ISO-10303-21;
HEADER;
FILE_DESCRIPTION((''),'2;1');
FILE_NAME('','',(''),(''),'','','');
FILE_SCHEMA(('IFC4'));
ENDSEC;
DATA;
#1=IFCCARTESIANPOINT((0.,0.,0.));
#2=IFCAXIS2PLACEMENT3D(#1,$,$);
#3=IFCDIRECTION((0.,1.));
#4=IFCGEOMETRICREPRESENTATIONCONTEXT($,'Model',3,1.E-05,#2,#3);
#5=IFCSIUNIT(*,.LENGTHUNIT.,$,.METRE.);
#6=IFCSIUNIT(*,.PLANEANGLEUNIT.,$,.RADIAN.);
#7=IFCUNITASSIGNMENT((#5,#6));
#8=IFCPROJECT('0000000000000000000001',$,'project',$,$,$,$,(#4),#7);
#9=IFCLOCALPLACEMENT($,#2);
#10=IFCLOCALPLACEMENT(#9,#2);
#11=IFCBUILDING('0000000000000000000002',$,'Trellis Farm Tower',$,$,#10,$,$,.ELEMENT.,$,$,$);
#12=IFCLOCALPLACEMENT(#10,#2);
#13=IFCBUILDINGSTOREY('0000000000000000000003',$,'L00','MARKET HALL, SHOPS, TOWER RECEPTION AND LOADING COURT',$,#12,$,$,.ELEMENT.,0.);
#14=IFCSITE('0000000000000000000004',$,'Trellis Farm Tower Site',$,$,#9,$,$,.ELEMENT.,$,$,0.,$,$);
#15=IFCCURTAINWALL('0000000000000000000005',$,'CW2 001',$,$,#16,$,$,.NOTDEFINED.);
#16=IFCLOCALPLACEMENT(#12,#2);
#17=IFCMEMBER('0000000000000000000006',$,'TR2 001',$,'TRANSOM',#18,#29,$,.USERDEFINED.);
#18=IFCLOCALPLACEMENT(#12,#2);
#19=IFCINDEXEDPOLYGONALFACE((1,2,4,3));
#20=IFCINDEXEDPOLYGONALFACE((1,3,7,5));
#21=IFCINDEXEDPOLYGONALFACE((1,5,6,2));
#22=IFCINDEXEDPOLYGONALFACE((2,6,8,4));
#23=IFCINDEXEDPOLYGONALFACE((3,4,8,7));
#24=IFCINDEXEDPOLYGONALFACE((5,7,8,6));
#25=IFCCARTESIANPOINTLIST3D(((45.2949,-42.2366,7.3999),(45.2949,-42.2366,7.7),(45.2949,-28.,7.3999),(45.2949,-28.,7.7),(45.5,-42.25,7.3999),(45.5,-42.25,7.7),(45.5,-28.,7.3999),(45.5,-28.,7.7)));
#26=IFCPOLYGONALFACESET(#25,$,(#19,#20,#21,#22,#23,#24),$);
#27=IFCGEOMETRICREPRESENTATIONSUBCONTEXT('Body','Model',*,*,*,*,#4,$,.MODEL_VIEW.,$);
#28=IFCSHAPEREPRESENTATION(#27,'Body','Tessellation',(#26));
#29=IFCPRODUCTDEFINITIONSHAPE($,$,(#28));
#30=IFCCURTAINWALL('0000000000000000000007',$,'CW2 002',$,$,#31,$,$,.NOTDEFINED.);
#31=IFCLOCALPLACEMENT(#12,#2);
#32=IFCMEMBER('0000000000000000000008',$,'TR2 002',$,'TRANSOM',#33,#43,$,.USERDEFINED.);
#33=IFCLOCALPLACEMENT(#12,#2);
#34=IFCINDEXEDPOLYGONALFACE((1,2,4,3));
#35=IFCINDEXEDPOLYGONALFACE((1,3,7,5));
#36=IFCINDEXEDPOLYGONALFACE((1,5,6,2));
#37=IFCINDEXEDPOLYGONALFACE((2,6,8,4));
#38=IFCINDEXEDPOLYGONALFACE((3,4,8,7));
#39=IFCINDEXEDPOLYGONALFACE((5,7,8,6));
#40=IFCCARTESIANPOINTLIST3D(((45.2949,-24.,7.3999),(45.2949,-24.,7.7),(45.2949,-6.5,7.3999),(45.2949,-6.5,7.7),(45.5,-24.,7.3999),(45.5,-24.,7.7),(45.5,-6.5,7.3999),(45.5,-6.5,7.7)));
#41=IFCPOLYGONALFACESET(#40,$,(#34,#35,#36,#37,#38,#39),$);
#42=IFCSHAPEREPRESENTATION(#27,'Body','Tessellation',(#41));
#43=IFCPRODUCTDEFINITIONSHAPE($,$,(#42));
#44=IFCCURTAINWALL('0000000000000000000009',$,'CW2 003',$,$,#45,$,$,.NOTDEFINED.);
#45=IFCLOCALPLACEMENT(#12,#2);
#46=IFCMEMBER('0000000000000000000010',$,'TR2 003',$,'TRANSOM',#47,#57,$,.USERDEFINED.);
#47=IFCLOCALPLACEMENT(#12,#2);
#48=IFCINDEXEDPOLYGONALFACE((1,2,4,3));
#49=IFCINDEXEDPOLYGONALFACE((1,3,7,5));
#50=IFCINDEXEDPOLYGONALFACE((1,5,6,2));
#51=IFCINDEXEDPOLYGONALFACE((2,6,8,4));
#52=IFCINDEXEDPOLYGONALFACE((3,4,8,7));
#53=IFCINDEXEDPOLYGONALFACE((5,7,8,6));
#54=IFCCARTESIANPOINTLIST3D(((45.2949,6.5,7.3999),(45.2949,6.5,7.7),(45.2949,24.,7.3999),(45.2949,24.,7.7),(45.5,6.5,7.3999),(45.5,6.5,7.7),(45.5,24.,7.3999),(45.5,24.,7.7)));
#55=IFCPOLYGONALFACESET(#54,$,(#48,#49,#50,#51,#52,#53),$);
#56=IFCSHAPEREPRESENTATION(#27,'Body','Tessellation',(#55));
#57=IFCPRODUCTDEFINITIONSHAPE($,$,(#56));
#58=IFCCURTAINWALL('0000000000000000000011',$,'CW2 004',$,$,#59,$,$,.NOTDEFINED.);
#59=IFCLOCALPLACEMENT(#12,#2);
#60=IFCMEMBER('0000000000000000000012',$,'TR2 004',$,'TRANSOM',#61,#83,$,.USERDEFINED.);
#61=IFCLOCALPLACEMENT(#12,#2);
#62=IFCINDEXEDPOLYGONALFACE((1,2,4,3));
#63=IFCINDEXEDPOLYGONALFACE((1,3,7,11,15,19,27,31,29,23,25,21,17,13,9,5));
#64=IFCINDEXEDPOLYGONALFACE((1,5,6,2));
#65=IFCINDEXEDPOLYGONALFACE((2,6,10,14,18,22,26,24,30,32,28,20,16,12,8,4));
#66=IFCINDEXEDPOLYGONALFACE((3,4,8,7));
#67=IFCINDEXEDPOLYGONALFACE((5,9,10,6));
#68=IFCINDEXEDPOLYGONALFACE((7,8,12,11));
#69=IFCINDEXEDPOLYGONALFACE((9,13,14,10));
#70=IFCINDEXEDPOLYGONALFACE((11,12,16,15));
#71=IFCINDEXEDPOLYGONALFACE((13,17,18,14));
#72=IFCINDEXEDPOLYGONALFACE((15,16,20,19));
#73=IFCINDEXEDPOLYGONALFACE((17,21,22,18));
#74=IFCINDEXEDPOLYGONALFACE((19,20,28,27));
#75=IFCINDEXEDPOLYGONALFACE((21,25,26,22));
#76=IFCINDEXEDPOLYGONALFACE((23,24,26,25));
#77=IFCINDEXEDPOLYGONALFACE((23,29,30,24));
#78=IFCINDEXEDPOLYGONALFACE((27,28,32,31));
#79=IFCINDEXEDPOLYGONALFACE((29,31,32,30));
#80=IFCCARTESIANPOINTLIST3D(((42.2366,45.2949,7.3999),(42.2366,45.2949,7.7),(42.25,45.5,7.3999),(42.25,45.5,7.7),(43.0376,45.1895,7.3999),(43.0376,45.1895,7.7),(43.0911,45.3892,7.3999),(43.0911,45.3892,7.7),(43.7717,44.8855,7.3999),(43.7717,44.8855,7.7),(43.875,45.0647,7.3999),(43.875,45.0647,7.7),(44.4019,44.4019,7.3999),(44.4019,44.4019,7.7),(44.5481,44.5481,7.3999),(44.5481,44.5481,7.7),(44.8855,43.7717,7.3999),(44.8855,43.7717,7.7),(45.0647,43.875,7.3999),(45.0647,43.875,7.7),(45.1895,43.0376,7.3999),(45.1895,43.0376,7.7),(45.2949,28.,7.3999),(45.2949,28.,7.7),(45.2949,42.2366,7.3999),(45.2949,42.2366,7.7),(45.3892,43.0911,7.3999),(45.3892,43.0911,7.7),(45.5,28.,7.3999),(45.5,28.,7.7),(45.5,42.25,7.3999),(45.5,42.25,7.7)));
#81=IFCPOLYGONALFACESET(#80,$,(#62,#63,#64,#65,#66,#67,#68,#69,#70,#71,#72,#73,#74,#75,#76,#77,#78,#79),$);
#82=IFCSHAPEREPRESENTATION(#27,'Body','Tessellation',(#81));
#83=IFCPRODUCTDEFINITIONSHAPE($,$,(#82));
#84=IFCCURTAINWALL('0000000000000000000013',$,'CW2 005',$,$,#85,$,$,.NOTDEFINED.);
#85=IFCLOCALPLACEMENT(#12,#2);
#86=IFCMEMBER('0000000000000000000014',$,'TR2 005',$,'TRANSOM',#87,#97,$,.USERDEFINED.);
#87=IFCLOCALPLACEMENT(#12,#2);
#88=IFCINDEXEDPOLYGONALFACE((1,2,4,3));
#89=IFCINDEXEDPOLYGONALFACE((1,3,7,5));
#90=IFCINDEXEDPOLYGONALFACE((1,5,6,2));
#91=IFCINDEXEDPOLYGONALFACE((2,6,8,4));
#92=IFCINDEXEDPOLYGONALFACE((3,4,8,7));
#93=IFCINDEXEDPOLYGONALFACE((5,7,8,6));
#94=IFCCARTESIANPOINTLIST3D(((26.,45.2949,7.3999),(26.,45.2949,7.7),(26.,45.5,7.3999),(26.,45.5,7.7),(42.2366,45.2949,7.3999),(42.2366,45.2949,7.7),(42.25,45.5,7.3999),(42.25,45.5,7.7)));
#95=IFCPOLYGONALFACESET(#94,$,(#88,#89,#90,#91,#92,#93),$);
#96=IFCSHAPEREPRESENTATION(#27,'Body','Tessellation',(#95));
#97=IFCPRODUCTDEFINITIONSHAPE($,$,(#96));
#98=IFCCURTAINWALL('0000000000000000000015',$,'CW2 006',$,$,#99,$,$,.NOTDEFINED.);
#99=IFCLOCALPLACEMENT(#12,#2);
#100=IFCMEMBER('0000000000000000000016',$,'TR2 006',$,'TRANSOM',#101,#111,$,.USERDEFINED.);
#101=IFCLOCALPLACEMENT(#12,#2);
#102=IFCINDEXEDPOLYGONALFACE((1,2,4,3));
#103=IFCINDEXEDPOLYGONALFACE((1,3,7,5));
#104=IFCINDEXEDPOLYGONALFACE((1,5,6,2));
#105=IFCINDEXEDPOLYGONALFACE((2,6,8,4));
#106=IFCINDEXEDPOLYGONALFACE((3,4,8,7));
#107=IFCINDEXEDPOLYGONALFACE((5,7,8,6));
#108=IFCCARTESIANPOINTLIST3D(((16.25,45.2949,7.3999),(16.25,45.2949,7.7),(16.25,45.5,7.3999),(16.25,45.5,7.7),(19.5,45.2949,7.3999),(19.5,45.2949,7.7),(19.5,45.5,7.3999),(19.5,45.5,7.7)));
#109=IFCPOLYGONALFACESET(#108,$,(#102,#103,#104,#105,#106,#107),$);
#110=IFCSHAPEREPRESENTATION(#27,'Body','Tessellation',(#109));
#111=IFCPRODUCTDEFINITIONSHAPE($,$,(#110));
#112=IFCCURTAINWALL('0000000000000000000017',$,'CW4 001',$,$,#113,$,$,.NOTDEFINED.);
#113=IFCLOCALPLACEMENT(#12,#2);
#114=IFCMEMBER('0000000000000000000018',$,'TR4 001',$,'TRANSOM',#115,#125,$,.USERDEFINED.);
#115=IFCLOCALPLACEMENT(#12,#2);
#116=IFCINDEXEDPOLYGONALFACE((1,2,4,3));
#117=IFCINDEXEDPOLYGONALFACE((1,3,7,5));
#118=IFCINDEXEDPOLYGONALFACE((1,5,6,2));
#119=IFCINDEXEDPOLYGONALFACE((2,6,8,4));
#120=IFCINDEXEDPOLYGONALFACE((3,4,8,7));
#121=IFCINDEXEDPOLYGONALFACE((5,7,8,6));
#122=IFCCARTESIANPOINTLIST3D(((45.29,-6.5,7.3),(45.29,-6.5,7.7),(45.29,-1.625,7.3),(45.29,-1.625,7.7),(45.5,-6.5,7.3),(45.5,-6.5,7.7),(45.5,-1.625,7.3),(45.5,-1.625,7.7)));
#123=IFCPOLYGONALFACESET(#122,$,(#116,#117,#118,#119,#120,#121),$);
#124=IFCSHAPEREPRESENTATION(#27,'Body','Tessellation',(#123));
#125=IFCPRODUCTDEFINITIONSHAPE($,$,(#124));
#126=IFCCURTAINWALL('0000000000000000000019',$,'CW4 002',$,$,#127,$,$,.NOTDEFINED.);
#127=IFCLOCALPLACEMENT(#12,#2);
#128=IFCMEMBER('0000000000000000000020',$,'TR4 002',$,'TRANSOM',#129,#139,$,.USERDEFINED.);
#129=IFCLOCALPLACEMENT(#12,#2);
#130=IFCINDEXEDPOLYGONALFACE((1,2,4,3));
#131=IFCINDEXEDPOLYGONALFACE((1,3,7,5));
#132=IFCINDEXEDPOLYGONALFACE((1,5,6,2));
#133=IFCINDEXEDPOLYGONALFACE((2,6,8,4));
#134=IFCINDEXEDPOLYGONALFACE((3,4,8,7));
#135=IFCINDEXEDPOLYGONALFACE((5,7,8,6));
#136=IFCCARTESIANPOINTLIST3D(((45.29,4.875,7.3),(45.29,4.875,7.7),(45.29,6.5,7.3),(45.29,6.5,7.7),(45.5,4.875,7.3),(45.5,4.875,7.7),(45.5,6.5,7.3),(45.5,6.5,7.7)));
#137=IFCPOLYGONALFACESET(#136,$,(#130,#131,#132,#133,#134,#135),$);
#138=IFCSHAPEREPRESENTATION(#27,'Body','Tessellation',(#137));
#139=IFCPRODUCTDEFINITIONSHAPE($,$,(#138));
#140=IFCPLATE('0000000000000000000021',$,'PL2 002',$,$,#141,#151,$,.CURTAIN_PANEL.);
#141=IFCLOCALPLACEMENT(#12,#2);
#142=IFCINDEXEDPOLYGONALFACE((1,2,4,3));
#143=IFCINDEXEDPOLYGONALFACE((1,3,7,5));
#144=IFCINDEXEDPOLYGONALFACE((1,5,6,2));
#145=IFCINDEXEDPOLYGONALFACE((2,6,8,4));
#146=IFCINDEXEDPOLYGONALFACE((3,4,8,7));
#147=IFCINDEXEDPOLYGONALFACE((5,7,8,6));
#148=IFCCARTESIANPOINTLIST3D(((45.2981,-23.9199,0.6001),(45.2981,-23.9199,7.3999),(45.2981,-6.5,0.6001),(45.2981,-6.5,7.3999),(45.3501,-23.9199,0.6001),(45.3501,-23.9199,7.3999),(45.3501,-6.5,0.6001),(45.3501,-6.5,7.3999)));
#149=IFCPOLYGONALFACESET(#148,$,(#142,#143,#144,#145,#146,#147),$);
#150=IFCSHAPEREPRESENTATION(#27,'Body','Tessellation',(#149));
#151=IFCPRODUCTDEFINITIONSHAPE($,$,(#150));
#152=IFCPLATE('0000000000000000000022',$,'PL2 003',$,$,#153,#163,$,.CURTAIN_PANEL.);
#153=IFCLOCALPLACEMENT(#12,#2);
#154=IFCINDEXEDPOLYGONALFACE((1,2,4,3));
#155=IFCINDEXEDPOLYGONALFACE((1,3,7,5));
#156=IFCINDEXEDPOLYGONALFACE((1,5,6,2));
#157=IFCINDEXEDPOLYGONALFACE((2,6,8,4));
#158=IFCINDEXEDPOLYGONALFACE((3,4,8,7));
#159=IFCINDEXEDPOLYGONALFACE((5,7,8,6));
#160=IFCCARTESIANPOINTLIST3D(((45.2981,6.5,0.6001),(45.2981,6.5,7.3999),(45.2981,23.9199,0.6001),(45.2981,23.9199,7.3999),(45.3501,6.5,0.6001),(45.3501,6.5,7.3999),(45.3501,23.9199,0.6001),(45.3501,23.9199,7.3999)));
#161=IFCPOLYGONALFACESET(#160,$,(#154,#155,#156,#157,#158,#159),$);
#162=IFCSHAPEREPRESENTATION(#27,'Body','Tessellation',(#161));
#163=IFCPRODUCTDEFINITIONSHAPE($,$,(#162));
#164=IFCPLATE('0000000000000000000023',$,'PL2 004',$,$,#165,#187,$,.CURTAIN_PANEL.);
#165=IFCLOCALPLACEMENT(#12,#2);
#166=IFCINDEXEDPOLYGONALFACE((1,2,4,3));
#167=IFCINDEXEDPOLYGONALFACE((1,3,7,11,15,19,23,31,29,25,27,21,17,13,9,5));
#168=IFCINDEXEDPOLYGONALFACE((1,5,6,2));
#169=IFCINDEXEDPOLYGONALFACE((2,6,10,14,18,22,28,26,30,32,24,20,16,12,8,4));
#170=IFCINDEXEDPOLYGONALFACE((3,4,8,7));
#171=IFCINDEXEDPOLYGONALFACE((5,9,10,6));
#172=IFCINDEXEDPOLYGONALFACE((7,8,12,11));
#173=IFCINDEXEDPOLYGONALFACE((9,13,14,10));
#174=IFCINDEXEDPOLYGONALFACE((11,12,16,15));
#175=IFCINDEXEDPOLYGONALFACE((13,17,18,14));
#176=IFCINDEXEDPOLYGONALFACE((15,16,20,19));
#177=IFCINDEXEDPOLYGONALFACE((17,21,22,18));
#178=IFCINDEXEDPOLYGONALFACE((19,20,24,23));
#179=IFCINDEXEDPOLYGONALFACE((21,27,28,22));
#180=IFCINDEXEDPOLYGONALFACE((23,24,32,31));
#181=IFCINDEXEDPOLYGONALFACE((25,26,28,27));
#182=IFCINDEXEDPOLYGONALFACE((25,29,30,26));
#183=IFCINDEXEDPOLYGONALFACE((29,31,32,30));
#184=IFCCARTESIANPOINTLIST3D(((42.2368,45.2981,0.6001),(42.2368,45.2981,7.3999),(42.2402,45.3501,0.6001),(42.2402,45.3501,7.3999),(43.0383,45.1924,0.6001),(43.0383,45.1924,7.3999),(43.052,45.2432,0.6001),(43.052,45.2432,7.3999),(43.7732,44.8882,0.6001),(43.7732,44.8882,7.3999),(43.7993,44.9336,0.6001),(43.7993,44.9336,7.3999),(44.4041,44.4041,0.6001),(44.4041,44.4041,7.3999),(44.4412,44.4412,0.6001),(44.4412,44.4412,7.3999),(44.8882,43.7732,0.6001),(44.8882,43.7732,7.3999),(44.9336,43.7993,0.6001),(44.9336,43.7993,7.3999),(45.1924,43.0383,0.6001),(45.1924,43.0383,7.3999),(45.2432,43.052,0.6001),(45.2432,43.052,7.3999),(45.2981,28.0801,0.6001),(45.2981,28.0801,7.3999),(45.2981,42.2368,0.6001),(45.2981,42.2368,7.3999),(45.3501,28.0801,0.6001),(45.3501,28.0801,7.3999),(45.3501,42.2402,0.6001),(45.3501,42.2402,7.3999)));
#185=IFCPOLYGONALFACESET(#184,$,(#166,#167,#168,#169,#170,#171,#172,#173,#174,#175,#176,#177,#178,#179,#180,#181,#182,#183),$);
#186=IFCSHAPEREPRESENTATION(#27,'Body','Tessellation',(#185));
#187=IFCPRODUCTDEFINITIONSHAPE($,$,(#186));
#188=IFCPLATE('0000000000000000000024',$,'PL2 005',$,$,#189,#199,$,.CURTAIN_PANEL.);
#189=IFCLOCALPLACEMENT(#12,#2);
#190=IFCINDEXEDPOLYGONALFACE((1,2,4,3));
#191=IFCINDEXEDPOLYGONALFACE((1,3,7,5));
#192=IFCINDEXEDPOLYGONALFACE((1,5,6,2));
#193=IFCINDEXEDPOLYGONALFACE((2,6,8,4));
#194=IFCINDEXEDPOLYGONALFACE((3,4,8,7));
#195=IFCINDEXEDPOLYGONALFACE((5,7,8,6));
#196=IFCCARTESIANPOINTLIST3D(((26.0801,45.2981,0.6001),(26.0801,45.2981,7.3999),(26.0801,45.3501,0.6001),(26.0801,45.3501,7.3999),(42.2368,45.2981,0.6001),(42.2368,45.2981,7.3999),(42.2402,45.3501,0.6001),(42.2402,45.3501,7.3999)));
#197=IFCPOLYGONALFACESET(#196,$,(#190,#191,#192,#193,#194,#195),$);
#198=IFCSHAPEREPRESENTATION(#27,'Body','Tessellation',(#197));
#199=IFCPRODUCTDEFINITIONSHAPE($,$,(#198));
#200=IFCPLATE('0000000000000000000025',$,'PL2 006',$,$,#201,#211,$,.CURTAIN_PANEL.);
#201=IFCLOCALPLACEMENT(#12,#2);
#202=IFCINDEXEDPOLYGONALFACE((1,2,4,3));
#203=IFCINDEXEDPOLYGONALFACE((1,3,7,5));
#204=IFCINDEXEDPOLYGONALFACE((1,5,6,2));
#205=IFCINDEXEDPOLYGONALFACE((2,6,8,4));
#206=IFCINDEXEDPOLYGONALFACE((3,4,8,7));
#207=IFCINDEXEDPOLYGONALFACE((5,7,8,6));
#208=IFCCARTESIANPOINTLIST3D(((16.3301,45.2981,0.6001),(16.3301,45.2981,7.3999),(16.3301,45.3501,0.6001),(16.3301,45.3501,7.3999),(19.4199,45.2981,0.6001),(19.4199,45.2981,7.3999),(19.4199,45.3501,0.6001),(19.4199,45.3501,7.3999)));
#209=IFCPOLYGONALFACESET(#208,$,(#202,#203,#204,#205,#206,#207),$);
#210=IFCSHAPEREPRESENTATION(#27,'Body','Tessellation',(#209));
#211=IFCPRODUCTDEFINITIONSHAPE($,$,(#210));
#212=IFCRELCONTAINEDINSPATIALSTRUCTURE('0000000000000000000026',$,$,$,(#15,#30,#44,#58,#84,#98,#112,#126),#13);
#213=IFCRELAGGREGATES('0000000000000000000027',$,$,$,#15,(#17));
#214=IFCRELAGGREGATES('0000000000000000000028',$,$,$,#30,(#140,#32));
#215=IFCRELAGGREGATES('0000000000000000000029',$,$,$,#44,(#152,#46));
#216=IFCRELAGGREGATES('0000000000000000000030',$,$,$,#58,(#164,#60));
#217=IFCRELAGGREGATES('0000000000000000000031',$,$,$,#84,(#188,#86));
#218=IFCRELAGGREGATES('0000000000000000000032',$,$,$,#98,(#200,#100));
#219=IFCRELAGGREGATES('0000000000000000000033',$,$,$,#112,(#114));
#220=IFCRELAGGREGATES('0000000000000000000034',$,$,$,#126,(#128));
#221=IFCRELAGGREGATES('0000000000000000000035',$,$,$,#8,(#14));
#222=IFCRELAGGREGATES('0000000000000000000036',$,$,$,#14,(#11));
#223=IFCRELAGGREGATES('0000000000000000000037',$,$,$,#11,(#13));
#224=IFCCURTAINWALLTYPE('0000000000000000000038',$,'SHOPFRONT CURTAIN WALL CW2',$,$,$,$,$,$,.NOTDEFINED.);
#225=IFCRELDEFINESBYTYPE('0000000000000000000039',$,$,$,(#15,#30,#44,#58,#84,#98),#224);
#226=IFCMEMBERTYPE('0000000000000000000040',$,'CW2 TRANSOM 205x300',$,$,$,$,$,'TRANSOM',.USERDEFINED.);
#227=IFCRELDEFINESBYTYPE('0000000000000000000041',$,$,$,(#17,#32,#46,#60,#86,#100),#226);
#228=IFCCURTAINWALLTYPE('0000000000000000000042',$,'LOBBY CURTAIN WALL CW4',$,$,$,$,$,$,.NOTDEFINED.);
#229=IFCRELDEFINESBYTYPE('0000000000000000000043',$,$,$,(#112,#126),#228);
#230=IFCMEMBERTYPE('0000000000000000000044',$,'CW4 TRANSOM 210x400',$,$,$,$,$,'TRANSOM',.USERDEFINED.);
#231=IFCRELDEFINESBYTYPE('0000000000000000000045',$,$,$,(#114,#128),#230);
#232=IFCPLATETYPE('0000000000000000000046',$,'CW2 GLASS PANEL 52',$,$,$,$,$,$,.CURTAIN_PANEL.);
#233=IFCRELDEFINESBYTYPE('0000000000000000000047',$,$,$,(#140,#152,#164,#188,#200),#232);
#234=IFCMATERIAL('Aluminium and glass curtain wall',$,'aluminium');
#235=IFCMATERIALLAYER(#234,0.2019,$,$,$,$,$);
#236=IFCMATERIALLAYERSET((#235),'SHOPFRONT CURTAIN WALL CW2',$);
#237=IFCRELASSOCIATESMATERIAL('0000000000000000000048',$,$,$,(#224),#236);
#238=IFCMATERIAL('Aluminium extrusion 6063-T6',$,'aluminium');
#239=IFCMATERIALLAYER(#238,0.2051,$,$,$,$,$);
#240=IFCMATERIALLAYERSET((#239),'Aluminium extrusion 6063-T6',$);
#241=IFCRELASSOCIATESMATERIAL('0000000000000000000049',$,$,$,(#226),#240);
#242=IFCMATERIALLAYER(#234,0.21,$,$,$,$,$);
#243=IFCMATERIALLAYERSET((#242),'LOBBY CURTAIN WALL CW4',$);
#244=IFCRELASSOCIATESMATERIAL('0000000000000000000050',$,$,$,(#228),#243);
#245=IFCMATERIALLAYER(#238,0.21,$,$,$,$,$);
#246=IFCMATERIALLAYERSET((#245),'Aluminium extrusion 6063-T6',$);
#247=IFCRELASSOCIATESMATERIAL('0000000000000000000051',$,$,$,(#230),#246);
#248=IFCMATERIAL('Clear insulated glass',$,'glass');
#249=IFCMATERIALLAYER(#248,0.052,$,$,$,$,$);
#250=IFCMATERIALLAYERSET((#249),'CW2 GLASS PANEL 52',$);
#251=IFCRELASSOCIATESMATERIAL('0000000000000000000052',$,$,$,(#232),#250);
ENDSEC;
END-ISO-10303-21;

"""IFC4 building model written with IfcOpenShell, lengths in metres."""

from ifc_helpers import new_model, si_unit, direction, frame, origin, place, context, subcontext, project, spatial, polyline, outline, extrude, material, layer, layer_set, type_object, element, aggregate, save


model = new_model("IFC4")

# Units and contexts
model_context = context("Model", 3, precision=1e-05, world=origin(), true_north=direction((0.0, 1.0)))
body_context = subcontext(model_context, "Body", "Model", "MODEL_VIEW")
ifc_project = project(units=[si_unit("LENGTHUNIT", "METRE"), si_unit("PLANEANGLEUNIT", "RADIAN")], contexts=[model_context])

# Site, building, storey
site_placement = place(None, origin())
site = spatial("IfcSite", under=ifc_project, at=site_placement, Name="Trellis Farm Tower Site", CompositionType="ELEMENT", RefElevation=0.0)
building_placement = place(site_placement, origin())
building = spatial("IfcBuilding", under=site, at=building_placement, Name="Trellis Farm Tower", CompositionType="ELEMENT")
storey_placement = place(building_placement, origin())
storey = spatial("IfcBuildingStorey", under=building, at=storey_placement, Name="L00", Description="MARKET HALL, SHOPS, TOWER RECEPTION AND LOADING COURT", CompositionType="ELEMENT", Elevation=0.0)

# Curtain walls, members
ifc_material_1 = material(Name="Aluminium and glass curtain wall", Category="aluminium")
ifc_layer_1 = layer(ifc_material_1, 0.2019)
ifc_layer_set_1 = layer_set([ifc_layer_1], Name="SHOPFRONT CURTAIN WALL CW2")
curtain_wall_type_1 = type_object("IfcCurtainWallType", Name="SHOPFRONT CURTAIN WALL CW2", PredefinedType="NOTDEFINED", material=ifc_layer_set_1)
placement_1 = place(storey_placement, origin())
curtain_wall_1 = element("IfcCurtainWall", 1, at=placement_1, inside=storey, type_object=curtain_wall_type_1, Name="CW2 001", PredefinedType="NOTDEFINED")
ifc_material_2 = material(Name="Aluminium extrusion 6063-T6", Category="aluminium")
ifc_layer_2 = layer(ifc_material_2, 0.2051)
ifc_layer_set_2 = layer_set([ifc_layer_2], Name="Aluminium extrusion 6063-T6")
member_type_1 = type_object("IfcMemberType", Name="CW2 TRANSOM 205x300", ElementType="TRANSOM", PredefinedType="USERDEFINED", material=ifc_layer_set_2)
placement_2 = place(storey_placement, frame((0.0, 0.0, 7.3999)))
member_1 = element("IfcMember", 2, at=placement_2, type_object=member_type_1, Name="TR2 001", ObjectType="TRANSOM", PredefinedType="USERDEFINED", context=body_context, shape_type="SweptSolid", body=[
    extrude(outline(polyline([(45.5, -42.25), (45.5, -28.0), (45.2949, -28.0), (45.2949, -42.2366), (45.5, -42.25)])), origin(), (0.0, 0.0, 1.0), 0.3),
])
curtain_wall_2 = element("IfcCurtainWall", 3, at=placement_1, inside=storey, type_object=curtain_wall_type_1, Name="CW2 002", PredefinedType="NOTDEFINED")
member_2 = element("IfcMember", 4, at=placement_2, type_object=member_type_1, Name="TR2 002", ObjectType="TRANSOM", PredefinedType="USERDEFINED", context=body_context, shape_type="SweptSolid", body=[
    extrude(outline(polyline([(45.5, -24.0), (45.5, -6.5), (45.2949, -6.5), (45.2949, -24.0), (45.5, -24.0)])), origin(), (0.0, 0.0, 1.0), 0.3),
])
curtain_wall_3 = element("IfcCurtainWall", 5, at=placement_1, inside=storey, type_object=curtain_wall_type_1, Name="CW2 003", PredefinedType="NOTDEFINED")
member_3 = element("IfcMember", 6, at=placement_2, type_object=member_type_1, Name="TR2 003", ObjectType="TRANSOM", PredefinedType="USERDEFINED", context=body_context, shape_type="SweptSolid", body=[
    extrude(outline(polyline([(45.5, 6.5), (45.5, 24.0), (45.2949, 24.0), (45.2949, 6.5), (45.5, 6.5)])), origin(), (0.0, 0.0, 1.0), 0.3),
])
curtain_wall_4 = element("IfcCurtainWall", 7, at=placement_1, inside=storey, type_object=curtain_wall_type_1, Name="CW2 004", PredefinedType="NOTDEFINED")
member_4 = element("IfcMember", 8, at=placement_2, type_object=member_type_1, Name="TR2 004", ObjectType="TRANSOM", PredefinedType="USERDEFINED", context=body_context, shape_type="SweptSolid", body=[
    extrude(outline(polyline([(45.5, 28.0), (45.5, 42.25), (45.3892, 43.0911), (45.0647, 43.875), (44.5481, 44.5481), (43.875, 45.0647), (43.0911, 45.3892), (42.25, 45.5), (42.2366, 45.2949), (43.0376, 45.1895), (43.7717, 44.8855), (44.4019, 44.4019), (44.8855, 43.7717), (45.1895, 43.0376), (45.2949, 42.2366), (45.2949, 28.0), (45.5, 28.0)])), origin(), (0.0, 0.0, 1.0), 0.3),
])
curtain_wall_5 = element("IfcCurtainWall", 9, at=placement_1, inside=storey, type_object=curtain_wall_type_1, Name="CW2 005", PredefinedType="NOTDEFINED")
member_5 = element("IfcMember", 10, at=placement_2, type_object=member_type_1, Name="TR2 005", ObjectType="TRANSOM", PredefinedType="USERDEFINED", context=body_context, shape_type="SweptSolid", body=[
    extrude(outline(polyline([(42.25, 45.5), (26.0, 45.5), (26.0, 45.2949), (42.2366, 45.2949), (42.25, 45.5)])), origin(), (0.0, 0.0, 1.0), 0.3),
])
curtain_wall_6 = element("IfcCurtainWall", 11, at=placement_1, inside=storey, type_object=curtain_wall_type_1, Name="CW2 006", PredefinedType="NOTDEFINED")
member_6 = element("IfcMember", 12, at=placement_2, type_object=member_type_1, Name="TR2 006", ObjectType="TRANSOM", PredefinedType="USERDEFINED", context=body_context, shape_type="SweptSolid", body=[
    extrude(outline(polyline([(19.5, 45.5), (16.25, 45.5), (16.25, 45.2949), (19.5, 45.2949), (19.5, 45.5)])), origin(), (0.0, 0.0, 1.0), 0.3),
])
ifc_layer_3 = layer(ifc_material_1, 0.21)
ifc_layer_set_3 = layer_set([ifc_layer_3], Name="LOBBY CURTAIN WALL CW4")
curtain_wall_type_2 = type_object("IfcCurtainWallType", Name="LOBBY CURTAIN WALL CW4", PredefinedType="NOTDEFINED", material=ifc_layer_set_3)
curtain_wall_7 = element("IfcCurtainWall", 13, at=placement_1, inside=storey, type_object=curtain_wall_type_2, Name="CW4 001", PredefinedType="NOTDEFINED")
ifc_layer_4 = layer(ifc_material_2, 0.21)
ifc_layer_set_4 = layer_set([ifc_layer_4], Name="Aluminium extrusion 6063-T6")
member_type_2 = type_object("IfcMemberType", Name="CW4 TRANSOM 210x400", ElementType="TRANSOM", PredefinedType="USERDEFINED", material=ifc_layer_set_4)
placement_3 = place(storey_placement, frame((0.0, 0.0, 7.3)))
member_7 = element("IfcMember", 14, at=placement_3, type_object=member_type_2, Name="TR4 001", ObjectType="TRANSOM", PredefinedType="USERDEFINED", context=body_context, shape_type="SweptSolid", body=[
    extrude(outline(polyline([(45.5, -6.5), (45.5, -1.625), (45.29, -1.625), (45.29, -6.5), (45.5, -6.5)])), origin(), (0.0, 0.0, 1.0), 0.3999),
])
curtain_wall_8 = element("IfcCurtainWall", 15, at=placement_1, inside=storey, type_object=curtain_wall_type_2, Name="CW4 002", PredefinedType="NOTDEFINED")
member_8 = element("IfcMember", 16, at=placement_3, type_object=member_type_2, Name="TR4 002", ObjectType="TRANSOM", PredefinedType="USERDEFINED", context=body_context, shape_type="SweptSolid", body=[
    extrude(outline(polyline([(45.5, 4.875), (45.5, 6.5), (45.29, 6.5), (45.29, 4.875), (45.5, 4.875)])), origin(), (0.0, 0.0, 1.0), 0.3999),
])

# Plates
ifc_material_3 = material(Name="Clear insulated glass", Category="glass")
ifc_layer_5 = layer(ifc_material_3, 0.052)
ifc_layer_set_5 = layer_set([ifc_layer_5], Name="CW2 GLASS PANEL 52")
plate_type_1 = type_object("IfcPlateType", Name="CW2 GLASS PANEL 52", PredefinedType="CURTAIN_PANEL", material=ifc_layer_set_5)
placement_4 = place(storey_placement, frame((0.0, 0.0, 0.6001)))
plate_1 = element("IfcPlate", 17, at=placement_4, type_object=plate_type_1, Name="PL2 002", PredefinedType="CURTAIN_PANEL", context=body_context, shape_type="SweptSolid", body=[
    extrude(outline(polyline([(45.3501, -23.9199), (45.3501, -6.5), (45.2981, -6.5), (45.2981, -23.9199), (45.3501, -23.9199)])), origin(), (0.0, 0.0, 1.0), 6.7998),
])
plate_2 = element("IfcPlate", 18, at=placement_4, type_object=plate_type_1, Name="PL2 003", PredefinedType="CURTAIN_PANEL", context=body_context, shape_type="SweptSolid", body=[
    extrude(outline(polyline([(45.3501, 6.5), (45.3501, 23.9199), (45.2981, 23.9199), (45.2981, 6.5), (45.3501, 6.5)])), origin(), (0.0, 0.0, 1.0), 6.7998),
])
plate_3 = element("IfcPlate", 19, at=placement_4, type_object=plate_type_1, Name="PL2 004", PredefinedType="CURTAIN_PANEL", context=body_context, shape_type="SweptSolid", body=[
    extrude(outline(polyline([(45.3501, 28.0801), (45.3501, 42.2402), (45.2432, 43.052), (44.9336, 43.7993), (44.4412, 44.4412), (43.7993, 44.9336), (43.052, 45.2432), (42.2402, 45.3501), (42.2368, 45.2981), (43.0383, 45.1924), (43.7732, 44.8882), (44.4041, 44.4041), (44.8882, 43.7732), (45.1924, 43.0383), (45.2981, 42.2368), (45.2981, 28.0801), (45.3501, 28.0801)])), origin(), (0.0, 0.0, 1.0), 6.7998),
])
plate_4 = element("IfcPlate", 20, at=placement_4, type_object=plate_type_1, Name="PL2 005", PredefinedType="CURTAIN_PANEL", context=body_context, shape_type="SweptSolid", body=[
    extrude(outline(polyline([(42.2402, 45.3501), (26.0801, 45.3501), (26.0801, 45.2981), (42.2368, 45.2981), (42.2402, 45.3501)])), origin(), (0.0, 0.0, 1.0), 6.7998),
])
plate_5 = element("IfcPlate", 21, at=placement_4, type_object=plate_type_1, Name="PL2 006", PredefinedType="CURTAIN_PANEL", context=body_context, shape_type="SweptSolid", body=[
    extrude(outline(polyline([(19.4199, 45.3501), (16.3301, 45.3501), (16.3301, 45.2981), (19.4199, 45.2981), (19.4199, 45.3501)])), origin(), (0.0, 0.0, 1.0), 6.7998),
])
aggregate(curtain_wall_1, [member_1])
aggregate(curtain_wall_2, [plate_1, member_2])
aggregate(curtain_wall_3, [plate_2, member_3])
aggregate(curtain_wall_4, [plate_3, member_4])
aggregate(curtain_wall_5, [plate_4, member_5])
aggregate(curtain_wall_6, [plate_5, member_6])
aggregate(curtain_wall_7, [member_7])
aggregate(curtain_wall_8, [member_8])

save(model, "model.ifc")
